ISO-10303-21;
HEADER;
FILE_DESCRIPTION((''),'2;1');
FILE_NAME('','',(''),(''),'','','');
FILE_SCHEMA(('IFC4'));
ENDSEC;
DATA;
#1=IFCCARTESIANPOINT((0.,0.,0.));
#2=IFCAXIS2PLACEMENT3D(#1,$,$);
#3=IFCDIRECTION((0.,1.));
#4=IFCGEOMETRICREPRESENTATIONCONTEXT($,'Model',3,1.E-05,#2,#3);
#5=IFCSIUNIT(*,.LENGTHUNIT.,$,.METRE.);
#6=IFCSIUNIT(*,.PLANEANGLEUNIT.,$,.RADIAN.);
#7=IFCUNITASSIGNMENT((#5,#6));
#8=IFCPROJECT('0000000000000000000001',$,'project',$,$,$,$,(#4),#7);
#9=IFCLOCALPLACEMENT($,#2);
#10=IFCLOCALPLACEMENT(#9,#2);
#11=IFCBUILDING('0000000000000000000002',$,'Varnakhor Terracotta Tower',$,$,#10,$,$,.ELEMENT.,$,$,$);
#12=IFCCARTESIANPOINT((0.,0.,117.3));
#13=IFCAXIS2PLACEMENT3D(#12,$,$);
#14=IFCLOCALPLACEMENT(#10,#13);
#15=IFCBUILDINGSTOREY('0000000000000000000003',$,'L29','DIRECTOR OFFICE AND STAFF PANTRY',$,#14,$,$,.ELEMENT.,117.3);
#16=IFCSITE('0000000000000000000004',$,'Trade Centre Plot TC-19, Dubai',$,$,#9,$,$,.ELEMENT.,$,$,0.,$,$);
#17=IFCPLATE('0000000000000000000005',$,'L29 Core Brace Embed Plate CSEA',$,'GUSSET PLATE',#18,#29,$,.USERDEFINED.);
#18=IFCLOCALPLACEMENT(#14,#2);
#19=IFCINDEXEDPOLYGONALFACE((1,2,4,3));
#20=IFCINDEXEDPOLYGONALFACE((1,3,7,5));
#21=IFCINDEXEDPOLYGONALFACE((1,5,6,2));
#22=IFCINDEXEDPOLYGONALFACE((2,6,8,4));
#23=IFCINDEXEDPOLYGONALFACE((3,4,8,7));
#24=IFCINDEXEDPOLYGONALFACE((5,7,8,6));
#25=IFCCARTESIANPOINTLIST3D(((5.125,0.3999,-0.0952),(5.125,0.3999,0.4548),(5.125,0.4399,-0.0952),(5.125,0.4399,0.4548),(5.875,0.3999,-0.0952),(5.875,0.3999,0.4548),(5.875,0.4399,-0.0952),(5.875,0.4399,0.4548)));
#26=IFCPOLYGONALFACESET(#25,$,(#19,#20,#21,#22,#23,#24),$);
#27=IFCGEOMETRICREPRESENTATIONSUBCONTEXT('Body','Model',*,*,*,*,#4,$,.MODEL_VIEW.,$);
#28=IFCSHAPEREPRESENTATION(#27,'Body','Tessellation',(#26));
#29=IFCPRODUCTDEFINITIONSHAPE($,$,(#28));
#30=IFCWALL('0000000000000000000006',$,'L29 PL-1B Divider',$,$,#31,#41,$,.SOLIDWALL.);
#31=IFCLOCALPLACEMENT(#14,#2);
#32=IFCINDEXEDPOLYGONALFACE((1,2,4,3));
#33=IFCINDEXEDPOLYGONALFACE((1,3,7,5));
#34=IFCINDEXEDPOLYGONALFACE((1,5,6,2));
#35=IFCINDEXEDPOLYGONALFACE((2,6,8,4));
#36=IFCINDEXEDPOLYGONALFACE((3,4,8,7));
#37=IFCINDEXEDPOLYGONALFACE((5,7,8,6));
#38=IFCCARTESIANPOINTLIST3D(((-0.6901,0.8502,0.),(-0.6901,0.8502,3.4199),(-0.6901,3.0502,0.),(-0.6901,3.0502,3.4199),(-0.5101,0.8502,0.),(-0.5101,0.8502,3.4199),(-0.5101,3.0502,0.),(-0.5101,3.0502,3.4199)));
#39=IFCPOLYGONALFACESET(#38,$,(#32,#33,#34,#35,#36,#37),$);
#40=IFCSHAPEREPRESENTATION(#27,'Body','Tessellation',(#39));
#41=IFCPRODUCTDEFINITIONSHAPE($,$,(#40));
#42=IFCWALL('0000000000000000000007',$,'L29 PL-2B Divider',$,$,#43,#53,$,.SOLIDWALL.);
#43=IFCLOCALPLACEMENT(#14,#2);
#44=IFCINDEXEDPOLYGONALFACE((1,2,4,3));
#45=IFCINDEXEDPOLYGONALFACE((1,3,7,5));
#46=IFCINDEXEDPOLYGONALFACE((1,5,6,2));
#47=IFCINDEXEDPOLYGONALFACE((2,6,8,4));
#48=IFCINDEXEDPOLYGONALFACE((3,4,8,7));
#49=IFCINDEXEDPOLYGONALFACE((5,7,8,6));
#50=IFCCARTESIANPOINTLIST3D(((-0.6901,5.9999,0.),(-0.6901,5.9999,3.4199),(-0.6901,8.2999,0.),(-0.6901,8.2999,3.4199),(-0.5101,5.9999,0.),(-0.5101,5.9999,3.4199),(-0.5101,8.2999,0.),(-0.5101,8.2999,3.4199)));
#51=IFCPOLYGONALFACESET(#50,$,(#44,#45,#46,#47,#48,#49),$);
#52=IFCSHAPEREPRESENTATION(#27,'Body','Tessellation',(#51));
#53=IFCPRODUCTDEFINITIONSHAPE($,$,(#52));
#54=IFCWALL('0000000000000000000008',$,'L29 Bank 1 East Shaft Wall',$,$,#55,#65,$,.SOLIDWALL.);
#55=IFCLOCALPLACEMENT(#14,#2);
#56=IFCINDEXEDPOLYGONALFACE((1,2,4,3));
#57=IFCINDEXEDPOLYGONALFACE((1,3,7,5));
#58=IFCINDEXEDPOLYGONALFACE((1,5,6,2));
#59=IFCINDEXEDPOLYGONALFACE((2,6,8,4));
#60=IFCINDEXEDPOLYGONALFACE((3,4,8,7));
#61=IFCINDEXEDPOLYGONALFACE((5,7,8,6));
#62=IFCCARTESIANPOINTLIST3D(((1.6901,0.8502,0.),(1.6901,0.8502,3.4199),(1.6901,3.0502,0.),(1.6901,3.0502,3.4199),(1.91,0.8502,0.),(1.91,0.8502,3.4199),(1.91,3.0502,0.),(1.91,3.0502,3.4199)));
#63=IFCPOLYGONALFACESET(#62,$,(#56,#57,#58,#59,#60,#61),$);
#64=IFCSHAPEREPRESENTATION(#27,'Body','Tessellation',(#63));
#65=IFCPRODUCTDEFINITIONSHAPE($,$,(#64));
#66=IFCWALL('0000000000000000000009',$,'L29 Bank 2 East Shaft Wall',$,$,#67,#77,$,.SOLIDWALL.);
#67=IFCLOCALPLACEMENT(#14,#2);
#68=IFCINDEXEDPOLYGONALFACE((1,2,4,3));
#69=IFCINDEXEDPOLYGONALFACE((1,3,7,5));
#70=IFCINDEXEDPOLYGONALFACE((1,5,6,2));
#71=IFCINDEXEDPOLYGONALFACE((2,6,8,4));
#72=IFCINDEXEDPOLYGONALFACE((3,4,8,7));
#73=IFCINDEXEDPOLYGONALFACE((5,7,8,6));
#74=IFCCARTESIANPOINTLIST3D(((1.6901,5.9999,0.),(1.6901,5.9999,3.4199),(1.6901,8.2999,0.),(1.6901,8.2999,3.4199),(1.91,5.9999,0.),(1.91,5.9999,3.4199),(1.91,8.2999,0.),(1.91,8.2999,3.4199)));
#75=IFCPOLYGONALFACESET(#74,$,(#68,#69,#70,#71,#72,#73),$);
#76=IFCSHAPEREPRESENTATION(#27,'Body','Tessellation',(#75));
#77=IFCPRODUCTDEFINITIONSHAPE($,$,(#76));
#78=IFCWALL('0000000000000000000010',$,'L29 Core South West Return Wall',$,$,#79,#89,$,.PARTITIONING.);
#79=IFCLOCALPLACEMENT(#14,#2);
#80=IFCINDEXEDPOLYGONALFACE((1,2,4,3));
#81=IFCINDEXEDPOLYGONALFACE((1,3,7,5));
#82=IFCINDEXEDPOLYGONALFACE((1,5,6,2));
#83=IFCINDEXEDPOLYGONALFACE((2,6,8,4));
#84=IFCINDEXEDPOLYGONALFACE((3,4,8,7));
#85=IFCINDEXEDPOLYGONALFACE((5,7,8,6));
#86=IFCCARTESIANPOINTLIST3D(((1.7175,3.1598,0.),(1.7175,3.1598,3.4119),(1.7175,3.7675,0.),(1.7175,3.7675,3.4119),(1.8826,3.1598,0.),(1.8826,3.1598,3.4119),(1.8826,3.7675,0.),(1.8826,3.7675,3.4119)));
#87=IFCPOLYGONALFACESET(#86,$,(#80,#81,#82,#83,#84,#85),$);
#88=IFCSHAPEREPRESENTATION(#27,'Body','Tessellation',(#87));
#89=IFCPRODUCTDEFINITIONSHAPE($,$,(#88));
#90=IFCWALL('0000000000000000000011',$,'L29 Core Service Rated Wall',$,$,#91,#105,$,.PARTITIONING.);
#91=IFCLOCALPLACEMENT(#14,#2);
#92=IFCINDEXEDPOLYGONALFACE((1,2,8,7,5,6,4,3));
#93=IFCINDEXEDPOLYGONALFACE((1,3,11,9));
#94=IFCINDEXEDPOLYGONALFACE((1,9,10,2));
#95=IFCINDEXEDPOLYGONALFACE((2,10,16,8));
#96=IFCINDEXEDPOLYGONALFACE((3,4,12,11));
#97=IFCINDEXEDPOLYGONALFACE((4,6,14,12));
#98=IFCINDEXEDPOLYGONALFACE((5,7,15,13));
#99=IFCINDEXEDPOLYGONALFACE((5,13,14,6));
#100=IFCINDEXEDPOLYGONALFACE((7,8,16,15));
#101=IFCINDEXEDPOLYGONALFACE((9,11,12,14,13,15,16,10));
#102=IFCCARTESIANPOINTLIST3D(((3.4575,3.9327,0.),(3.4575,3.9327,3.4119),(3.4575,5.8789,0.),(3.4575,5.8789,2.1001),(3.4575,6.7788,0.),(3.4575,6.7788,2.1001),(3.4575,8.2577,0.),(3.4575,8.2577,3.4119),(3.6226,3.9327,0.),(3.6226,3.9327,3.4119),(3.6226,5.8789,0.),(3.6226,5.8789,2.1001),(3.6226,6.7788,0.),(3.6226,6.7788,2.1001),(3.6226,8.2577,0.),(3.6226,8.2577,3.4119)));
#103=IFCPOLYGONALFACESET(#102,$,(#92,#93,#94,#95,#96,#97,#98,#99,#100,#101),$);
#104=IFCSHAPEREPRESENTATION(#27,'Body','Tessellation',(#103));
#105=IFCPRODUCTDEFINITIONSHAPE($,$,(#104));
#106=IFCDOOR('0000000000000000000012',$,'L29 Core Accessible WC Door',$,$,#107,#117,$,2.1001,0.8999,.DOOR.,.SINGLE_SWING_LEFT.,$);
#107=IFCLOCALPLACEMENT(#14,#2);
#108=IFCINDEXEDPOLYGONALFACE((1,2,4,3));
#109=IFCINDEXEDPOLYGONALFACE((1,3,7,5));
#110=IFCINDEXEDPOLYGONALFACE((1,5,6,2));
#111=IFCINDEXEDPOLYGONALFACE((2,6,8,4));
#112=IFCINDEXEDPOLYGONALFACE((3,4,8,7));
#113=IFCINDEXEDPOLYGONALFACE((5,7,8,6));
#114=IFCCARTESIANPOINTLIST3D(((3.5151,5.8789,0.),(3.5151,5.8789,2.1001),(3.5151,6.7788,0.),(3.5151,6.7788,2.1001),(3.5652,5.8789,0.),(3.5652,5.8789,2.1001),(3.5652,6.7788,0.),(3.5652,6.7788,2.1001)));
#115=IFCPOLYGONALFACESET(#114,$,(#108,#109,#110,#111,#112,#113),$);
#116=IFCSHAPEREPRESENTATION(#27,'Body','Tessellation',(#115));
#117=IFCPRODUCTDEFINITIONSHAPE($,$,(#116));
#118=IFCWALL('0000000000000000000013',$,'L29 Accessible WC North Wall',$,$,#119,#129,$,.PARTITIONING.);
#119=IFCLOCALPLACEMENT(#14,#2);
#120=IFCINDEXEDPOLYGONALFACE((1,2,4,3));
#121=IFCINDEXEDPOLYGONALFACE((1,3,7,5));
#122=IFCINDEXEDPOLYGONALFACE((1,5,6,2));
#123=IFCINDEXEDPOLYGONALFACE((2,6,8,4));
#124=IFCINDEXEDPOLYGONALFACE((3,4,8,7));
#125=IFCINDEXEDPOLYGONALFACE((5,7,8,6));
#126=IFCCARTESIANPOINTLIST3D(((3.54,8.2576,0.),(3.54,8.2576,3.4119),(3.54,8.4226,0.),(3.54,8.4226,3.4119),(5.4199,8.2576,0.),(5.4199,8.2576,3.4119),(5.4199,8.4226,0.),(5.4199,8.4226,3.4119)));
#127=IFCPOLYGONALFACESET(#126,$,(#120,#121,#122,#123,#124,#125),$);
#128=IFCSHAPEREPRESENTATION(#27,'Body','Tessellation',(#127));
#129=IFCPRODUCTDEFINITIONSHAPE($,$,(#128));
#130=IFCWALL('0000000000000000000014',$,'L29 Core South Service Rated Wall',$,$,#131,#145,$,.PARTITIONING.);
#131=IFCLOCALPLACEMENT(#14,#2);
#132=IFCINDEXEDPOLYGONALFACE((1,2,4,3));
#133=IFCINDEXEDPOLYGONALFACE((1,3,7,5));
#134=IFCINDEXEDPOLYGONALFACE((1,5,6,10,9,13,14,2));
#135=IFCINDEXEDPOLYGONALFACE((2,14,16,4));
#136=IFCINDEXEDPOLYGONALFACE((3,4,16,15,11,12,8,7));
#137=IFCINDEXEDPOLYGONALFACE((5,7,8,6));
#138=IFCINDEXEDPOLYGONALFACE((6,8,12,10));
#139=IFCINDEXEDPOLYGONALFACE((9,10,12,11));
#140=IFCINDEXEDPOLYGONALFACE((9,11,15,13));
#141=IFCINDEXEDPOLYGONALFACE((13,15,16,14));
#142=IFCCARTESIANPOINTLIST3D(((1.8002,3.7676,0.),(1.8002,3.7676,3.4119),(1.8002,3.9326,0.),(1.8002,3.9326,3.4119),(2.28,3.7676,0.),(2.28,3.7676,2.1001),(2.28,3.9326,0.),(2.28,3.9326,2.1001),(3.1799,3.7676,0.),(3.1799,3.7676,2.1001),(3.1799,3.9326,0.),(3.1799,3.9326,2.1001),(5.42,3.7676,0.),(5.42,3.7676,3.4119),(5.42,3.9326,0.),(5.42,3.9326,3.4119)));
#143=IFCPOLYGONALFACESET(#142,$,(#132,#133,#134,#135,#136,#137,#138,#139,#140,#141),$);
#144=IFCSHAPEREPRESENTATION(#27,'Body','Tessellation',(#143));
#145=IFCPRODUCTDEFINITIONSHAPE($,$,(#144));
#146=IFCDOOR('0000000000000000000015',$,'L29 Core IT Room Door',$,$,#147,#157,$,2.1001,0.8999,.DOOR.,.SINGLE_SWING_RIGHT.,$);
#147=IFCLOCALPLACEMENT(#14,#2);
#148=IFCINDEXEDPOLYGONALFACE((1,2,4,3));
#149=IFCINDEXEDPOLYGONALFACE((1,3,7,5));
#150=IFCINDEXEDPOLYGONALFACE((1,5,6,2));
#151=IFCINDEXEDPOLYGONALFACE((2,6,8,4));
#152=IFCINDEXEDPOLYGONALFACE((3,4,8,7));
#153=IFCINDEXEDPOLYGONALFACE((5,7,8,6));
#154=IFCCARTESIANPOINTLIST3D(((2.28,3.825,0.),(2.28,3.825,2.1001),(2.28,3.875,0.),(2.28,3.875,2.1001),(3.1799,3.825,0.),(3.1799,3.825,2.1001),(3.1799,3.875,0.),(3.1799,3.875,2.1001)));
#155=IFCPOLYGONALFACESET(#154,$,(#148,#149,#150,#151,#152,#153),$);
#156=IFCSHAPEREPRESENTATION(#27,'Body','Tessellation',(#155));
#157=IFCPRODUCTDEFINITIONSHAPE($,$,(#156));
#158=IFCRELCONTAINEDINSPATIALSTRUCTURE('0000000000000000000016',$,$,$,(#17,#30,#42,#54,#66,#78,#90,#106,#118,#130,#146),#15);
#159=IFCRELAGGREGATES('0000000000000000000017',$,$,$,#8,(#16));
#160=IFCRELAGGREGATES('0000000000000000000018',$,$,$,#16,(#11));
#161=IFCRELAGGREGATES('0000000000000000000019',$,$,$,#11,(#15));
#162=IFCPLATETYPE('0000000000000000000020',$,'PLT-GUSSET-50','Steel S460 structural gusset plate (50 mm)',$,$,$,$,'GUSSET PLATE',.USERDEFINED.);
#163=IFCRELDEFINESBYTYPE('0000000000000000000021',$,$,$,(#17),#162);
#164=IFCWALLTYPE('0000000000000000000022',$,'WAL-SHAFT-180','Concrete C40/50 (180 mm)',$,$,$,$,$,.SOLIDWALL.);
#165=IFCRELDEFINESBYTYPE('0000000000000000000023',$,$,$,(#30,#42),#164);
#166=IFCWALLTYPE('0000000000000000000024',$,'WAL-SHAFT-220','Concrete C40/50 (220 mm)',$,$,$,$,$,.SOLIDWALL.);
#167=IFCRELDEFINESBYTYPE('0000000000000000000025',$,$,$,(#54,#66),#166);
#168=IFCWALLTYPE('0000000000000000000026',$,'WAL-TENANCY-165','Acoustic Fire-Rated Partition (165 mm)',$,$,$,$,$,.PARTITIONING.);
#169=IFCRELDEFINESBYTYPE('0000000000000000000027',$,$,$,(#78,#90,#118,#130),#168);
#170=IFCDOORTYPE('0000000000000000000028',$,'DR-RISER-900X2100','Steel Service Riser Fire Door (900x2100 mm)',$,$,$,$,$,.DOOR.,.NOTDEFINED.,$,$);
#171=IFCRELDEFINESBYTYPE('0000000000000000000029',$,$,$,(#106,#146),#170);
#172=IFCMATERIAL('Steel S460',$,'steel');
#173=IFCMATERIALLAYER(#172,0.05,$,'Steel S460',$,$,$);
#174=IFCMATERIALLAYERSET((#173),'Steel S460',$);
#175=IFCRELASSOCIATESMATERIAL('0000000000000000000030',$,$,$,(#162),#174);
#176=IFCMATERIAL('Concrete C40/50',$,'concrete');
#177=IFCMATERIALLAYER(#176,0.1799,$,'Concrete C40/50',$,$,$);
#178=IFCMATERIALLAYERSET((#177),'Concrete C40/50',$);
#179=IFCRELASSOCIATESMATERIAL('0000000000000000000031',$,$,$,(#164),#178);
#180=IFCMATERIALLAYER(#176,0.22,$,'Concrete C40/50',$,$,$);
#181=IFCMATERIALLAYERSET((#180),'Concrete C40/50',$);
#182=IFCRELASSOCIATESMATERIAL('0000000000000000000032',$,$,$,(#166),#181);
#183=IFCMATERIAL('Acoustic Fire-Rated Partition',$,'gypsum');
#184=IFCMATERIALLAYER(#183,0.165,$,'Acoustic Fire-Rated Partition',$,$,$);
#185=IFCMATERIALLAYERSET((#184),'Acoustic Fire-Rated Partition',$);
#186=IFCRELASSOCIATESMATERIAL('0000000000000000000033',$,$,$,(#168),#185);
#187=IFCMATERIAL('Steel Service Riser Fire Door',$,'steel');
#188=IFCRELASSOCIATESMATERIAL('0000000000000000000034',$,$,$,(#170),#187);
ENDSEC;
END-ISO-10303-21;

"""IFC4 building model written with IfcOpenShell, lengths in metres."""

from ifc_helpers import new_model, si_unit, direction, frame, frame_2d, origin, origin_2d, place, context, subcontext, project, spatial, rectangle, extrude, source, transform, mapped, material, layer, layer_set, type_object, type_shapes, element, fill, save


model = new_model("IFC4")

# Units and contexts
model_context = context("Model", 3, precision=1e-05, world=origin(), true_north=direction((0.0, 1.0)))
body_context = subcontext(model_context, "Body", "Model", "MODEL_VIEW")
ifc_project = project(units=[si_unit("LENGTHUNIT", "METRE"), si_unit("PLANEANGLEUNIT", "RADIAN")], contexts=[model_context])

# Site, building, storey
site_placement = place(None, origin())
site = spatial("IfcSite", under=ifc_project, at=site_placement, Name="Trade Centre Plot TC-19, Dubai", CompositionType="ELEMENT", RefElevation=0.0)
building_placement = place(site_placement, origin())
building = spatial("IfcBuilding", under=site, at=building_placement, Name="Varnakhor Terracotta Tower", CompositionType="ELEMENT")
storey_placement = place(building_placement, frame((0.0, 0.0, 117.3)))
storey = spatial("IfcBuildingStorey", under=building, at=storey_placement, Name="L29", Description="DIRECTOR OFFICE AND STAFF PANTRY", CompositionType="ELEMENT", Elevation=117.3)

# Shared definitions
ifc_material_1 = material(Name="Steel S460", Category="steel")

# Shared definitions
ifc_material_2 = material(Name="Concrete C40/50", Category="concrete")

# Plate
ifc_layer_1 = layer(ifc_material_1, 0.05, Name="Steel S460")
ifc_layer_set_1 = layer_set([ifc_layer_1], Name="Steel S460")
plate_type = type_object("IfcPlateType", Name="PLT-GUSSET-50", Description="Steel S460 structural gusset plate (50 mm)", ElementType="GUSSET PLATE", PredefinedType="USERDEFINED", material=ifc_layer_set_1)
shared_shape_1 = source(origin(), body_context, "Body", "SweptSolid", [
    extrude(rectangle(XDim=0.75, YDim=0.04, at=origin_2d()), origin(), (0.0, 0.0, 1.0), 0.55),
])
type_shapes(plate_type, [shared_shape_1])
plate_placement = place(storey_placement, frame((5.5, 0.4199, -0.0952), z_axis=(0.0, 0.0, 1.0), x_axis=(1.0, 0.0, 0.0)))
element("IfcPlate", 1, at=plate_placement, inside=storey, type_object=plate_type, Name="L29 Core Brace Embed Plate CSEA", ObjectType="GUSSET PLATE", PredefinedType="USERDEFINED", context=body_context, shape_type="MappedRepresentation", body=[
    mapped(shared_shape_1, transform((0.0, 0.0, 0.0), scale=1.0)),
])

# Walls
ifc_layer_2 = layer(ifc_material_2, 0.1799, Name="Concrete C40/50")
ifc_layer_set_2 = layer_set([ifc_layer_2], Name="Concrete C40/50")
wall_type_1 = type_object("IfcWallType", Name="WAL-SHAFT-180", Description="Concrete C40/50 (180 mm)", PredefinedType="SOLIDWALL", material=ifc_layer_set_2)
wall_1_placement = place(storey_placement, frame((-0.6001, 0.8501, 0.0), z_axis=(0.0, 0.0, 1.0), x_axis=(0.0, 1.0, 0.0)))
element("IfcWall", 2, at=wall_1_placement, inside=storey, type_object=wall_type_1, Name="L29 PL-1B Divider", PredefinedType="SOLIDWALL", context=body_context, shape_type="SweptSolid", body=[
    extrude(rectangle(XDim=2.2, YDim=0.1799, at=frame_2d((1.1001, 0.0))), origin(), (0.0, 0.0, 1.0), 3.4199),
])
wall_2_placement = place(storey_placement, frame((-0.6001, 6.0, 0.0), z_axis=(0.0, 0.0, 1.0), x_axis=(0.0, 1.0, 0.0)))
element("IfcWall", 3, at=wall_2_placement, inside=storey, type_object=wall_type_1, Name="L29 PL-2B Divider", PredefinedType="SOLIDWALL", context=body_context, shape_type="SweptSolid", body=[
    extrude(rectangle(XDim=2.3, YDim=0.1799, at=frame_2d((1.1499, 0.0))), origin(), (0.0, 0.0, 1.0), 3.4199),
])
ifc_layer_3 = layer(ifc_material_2, 0.22, Name="Concrete C40/50")
ifc_layer_set_3 = layer_set([ifc_layer_3], Name="Concrete C40/50")
wall_type_2 = type_object("IfcWallType", Name="WAL-SHAFT-220", Description="Concrete C40/50 (220 mm)", PredefinedType="SOLIDWALL", material=ifc_layer_set_3)
wall_3_placement = place(storey_placement, frame((1.8, 0.8501, 0.0), z_axis=(0.0, 0.0, 1.0), x_axis=(0.0, 1.0, 0.0)))
element("IfcWall", 4, at=wall_3_placement, inside=storey, type_object=wall_type_2, Name="L29 Bank 1 East Shaft Wall", PredefinedType="SOLIDWALL", context=body_context, shape_type="SweptSolid", body=[
    extrude(rectangle(XDim=2.2, YDim=0.22, at=frame_2d((1.1001, 0.0))), origin(), (0.0, 0.0, 1.0), 3.4199),
])
wall_4_placement = place(storey_placement, frame((1.8, 6.0, 0.0), z_axis=(0.0, 0.0, 1.0), x_axis=(0.0, 1.0, 0.0)))
element("IfcWall", 5, at=wall_4_placement, inside=storey, type_object=wall_type_2, Name="L29 Bank 2 East Shaft Wall", PredefinedType="SOLIDWALL", context=body_context, shape_type="SweptSolid", body=[
    extrude(rectangle(XDim=2.3, YDim=0.22, at=frame_2d((1.1499, 0.0))), origin(), (0.0, 0.0, 1.0), 3.4199),
])
ifc_material_3 = material(Name="Acoustic Fire-Rated Partition", Category="gypsum")
ifc_layer_4 = layer(ifc_material_3, 0.165, Name="Acoustic Fire-Rated Partition")
ifc_layer_set_4 = layer_set([ifc_layer_4], Name="Acoustic Fire-Rated Partition")
wall_type_3 = type_object("IfcWallType", Name="WAL-TENANCY-165", Description="Acoustic Fire-Rated Partition (165 mm)", PredefinedType="PARTITIONING", material=ifc_layer_set_4)
wall_5_placement = place(storey_placement, frame((1.8, 3.1599, 0.0), z_axis=(0.0, 0.0, 1.0), x_axis=(0.0, 1.0, 0.0)))
element("IfcWall", 6, at=wall_5_placement, inside=storey, type_object=wall_type_3, Name="L29 Core South West Return Wall", PredefinedType="PARTITIONING", context=body_context, shape_type="SweptSolid", body=[
    extrude(rectangle(XDim=0.6077, YDim=0.165, at=frame_2d((0.3037, 0.0))), origin(), (0.0, 0.0, 1.0), 3.4119),
])

# Wall, opening, door
wall_6_placement = place(storey_placement, frame((3.54, 3.9326, 0.0), z_axis=(0.0, 0.0, 1.0), x_axis=(0.0, 1.0, 0.0)))
wall_6 = element("IfcWall", 7, at=wall_6_placement, inside=storey, type_object=wall_type_3, Name="L29 Core Service Rated Wall", PredefinedType="PARTITIONING", context=body_context, shape_type="SweptSolid", body=[
    extrude(rectangle(XDim=4.325, YDim=0.165, at=frame_2d((2.1626, 0.0))), origin(), (0.0, 0.0, 1.0), 3.4119),
])
opening_1_placement = place(wall_6_placement, frame((1.9463, 0.0, 0.0)))
opening_1 = element("IfcOpeningElement", 8, at=opening_1_placement, cuts=wall_6, PredefinedType="OPENING", context=body_context, shape_type="SweptSolid", body=[
    extrude(rectangle(XDim=0.8999, YDim=2.1001, at=frame_2d((0.45, 1.05))), frame((0.0, 0.0925, 0.0), z_axis=(0.0, -1.0, 0.0), x_axis=(1.0, 0.0, 0.0)), (0.0, 0.0, 1.0), 0.1851),
])
ifc_material_4 = material(Name="Steel Service Riser Fire Door", Category="steel")
door_type = type_object("IfcDoorType", Name="DR-RISER-900X2100", Description="Steel Service Riser Fire Door (900x2100 mm)", OperationType="NOTDEFINED", PredefinedType="DOOR", material=ifc_material_4)
shared_shape_2 = source(origin(), body_context, "Body", "SweptSolid", [
    extrude(rectangle(XDim=0.8999, YDim=2.1001, at=frame_2d((0.45, 1.05))), frame((0.0, 0.0249, 0.0), z_axis=(0.0, -1.0, 0.0), x_axis=(1.0, 0.0, 0.0)), (0.0, 0.0, 1.0), 0.05),
])
type_shapes(door_type, [shared_shape_2])
door_1_placement = place(opening_1_placement, origin())
door_1 = element("IfcDoor", 9, at=door_1_placement, inside=storey, type_object=door_type, Name="L29 Core Accessible WC Door", OperationType="SINGLE_SWING_LEFT", OverallHeight=2.1001, OverallWidth=0.8999, PredefinedType="DOOR", context=body_context, shape_type="MappedRepresentation", body=[
    mapped(shared_shape_2, transform((0.0, 0.0, 0.0), scale=1.0)),
])
fill(opening_1, door_1)

# Wall
wall_7_placement = place(storey_placement, frame((3.54, 8.3401, 0.0), z_axis=(0.0, 0.0, 1.0), x_axis=(1.0, 0.0, 0.0)))
element("IfcWall", 10, at=wall_7_placement, inside=storey, type_object=wall_type_3, Name="L29 Accessible WC North Wall", PredefinedType="PARTITIONING", context=body_context, shape_type="SweptSolid", body=[
    extrude(rectangle(XDim=1.8799, YDim=0.165, at=frame_2d((0.9399, 0.0))), origin(), (0.0, 0.0, 1.0), 3.4119),
])

# Wall, opening, door
wall_8_placement = place(storey_placement, frame((1.8, 3.8501, 0.0), z_axis=(0.0, 0.0, 1.0), x_axis=(1.0, 0.0, 0.0)))
wall_8 = element("IfcWall", 11, at=wall_8_placement, inside=storey, type_object=wall_type_3, Name="L29 Core South Service Rated Wall", PredefinedType="PARTITIONING", context=body_context, shape_type="SweptSolid", body=[
    extrude(rectangle(XDim=3.6199, YDim=0.165, at=frame_2d((1.8101, 0.0))), origin(), (0.0, 0.0, 1.0), 3.4119),
])
opening_2_placement = place(wall_8_placement, frame((0.48, 0.0, 0.0)))
opening_2 = element("IfcOpeningElement", 12, at=opening_2_placement, cuts=wall_8, PredefinedType="OPENING", context=body_context, shape_type="SweptSolid", body=[
    extrude(rectangle(XDim=0.8999, YDim=2.1001, at=frame_2d((0.45, 1.05))), frame((0.0, 0.0925, 0.0), z_axis=(0.0, -1.0, 0.0), x_axis=(1.0, 0.0, 0.0)), (0.0, 0.0, 1.0), 0.1851),
])
door_2_placement = place(opening_2_placement, origin())
door_2 = element("IfcDoor", 13, at=door_2_placement, inside=storey, type_object=door_type, Name="L29 Core IT Room Door", OperationType="SINGLE_SWING_RIGHT", OverallHeight=2.1001, OverallWidth=0.8999, PredefinedType="DOOR", context=body_context, shape_type="MappedRepresentation", body=[
    mapped(shared_shape_2, transform((0.0, 0.0, 0.0), scale=1.0)),
])
fill(opening_2, door_2)

save(model, "model.ifc")
